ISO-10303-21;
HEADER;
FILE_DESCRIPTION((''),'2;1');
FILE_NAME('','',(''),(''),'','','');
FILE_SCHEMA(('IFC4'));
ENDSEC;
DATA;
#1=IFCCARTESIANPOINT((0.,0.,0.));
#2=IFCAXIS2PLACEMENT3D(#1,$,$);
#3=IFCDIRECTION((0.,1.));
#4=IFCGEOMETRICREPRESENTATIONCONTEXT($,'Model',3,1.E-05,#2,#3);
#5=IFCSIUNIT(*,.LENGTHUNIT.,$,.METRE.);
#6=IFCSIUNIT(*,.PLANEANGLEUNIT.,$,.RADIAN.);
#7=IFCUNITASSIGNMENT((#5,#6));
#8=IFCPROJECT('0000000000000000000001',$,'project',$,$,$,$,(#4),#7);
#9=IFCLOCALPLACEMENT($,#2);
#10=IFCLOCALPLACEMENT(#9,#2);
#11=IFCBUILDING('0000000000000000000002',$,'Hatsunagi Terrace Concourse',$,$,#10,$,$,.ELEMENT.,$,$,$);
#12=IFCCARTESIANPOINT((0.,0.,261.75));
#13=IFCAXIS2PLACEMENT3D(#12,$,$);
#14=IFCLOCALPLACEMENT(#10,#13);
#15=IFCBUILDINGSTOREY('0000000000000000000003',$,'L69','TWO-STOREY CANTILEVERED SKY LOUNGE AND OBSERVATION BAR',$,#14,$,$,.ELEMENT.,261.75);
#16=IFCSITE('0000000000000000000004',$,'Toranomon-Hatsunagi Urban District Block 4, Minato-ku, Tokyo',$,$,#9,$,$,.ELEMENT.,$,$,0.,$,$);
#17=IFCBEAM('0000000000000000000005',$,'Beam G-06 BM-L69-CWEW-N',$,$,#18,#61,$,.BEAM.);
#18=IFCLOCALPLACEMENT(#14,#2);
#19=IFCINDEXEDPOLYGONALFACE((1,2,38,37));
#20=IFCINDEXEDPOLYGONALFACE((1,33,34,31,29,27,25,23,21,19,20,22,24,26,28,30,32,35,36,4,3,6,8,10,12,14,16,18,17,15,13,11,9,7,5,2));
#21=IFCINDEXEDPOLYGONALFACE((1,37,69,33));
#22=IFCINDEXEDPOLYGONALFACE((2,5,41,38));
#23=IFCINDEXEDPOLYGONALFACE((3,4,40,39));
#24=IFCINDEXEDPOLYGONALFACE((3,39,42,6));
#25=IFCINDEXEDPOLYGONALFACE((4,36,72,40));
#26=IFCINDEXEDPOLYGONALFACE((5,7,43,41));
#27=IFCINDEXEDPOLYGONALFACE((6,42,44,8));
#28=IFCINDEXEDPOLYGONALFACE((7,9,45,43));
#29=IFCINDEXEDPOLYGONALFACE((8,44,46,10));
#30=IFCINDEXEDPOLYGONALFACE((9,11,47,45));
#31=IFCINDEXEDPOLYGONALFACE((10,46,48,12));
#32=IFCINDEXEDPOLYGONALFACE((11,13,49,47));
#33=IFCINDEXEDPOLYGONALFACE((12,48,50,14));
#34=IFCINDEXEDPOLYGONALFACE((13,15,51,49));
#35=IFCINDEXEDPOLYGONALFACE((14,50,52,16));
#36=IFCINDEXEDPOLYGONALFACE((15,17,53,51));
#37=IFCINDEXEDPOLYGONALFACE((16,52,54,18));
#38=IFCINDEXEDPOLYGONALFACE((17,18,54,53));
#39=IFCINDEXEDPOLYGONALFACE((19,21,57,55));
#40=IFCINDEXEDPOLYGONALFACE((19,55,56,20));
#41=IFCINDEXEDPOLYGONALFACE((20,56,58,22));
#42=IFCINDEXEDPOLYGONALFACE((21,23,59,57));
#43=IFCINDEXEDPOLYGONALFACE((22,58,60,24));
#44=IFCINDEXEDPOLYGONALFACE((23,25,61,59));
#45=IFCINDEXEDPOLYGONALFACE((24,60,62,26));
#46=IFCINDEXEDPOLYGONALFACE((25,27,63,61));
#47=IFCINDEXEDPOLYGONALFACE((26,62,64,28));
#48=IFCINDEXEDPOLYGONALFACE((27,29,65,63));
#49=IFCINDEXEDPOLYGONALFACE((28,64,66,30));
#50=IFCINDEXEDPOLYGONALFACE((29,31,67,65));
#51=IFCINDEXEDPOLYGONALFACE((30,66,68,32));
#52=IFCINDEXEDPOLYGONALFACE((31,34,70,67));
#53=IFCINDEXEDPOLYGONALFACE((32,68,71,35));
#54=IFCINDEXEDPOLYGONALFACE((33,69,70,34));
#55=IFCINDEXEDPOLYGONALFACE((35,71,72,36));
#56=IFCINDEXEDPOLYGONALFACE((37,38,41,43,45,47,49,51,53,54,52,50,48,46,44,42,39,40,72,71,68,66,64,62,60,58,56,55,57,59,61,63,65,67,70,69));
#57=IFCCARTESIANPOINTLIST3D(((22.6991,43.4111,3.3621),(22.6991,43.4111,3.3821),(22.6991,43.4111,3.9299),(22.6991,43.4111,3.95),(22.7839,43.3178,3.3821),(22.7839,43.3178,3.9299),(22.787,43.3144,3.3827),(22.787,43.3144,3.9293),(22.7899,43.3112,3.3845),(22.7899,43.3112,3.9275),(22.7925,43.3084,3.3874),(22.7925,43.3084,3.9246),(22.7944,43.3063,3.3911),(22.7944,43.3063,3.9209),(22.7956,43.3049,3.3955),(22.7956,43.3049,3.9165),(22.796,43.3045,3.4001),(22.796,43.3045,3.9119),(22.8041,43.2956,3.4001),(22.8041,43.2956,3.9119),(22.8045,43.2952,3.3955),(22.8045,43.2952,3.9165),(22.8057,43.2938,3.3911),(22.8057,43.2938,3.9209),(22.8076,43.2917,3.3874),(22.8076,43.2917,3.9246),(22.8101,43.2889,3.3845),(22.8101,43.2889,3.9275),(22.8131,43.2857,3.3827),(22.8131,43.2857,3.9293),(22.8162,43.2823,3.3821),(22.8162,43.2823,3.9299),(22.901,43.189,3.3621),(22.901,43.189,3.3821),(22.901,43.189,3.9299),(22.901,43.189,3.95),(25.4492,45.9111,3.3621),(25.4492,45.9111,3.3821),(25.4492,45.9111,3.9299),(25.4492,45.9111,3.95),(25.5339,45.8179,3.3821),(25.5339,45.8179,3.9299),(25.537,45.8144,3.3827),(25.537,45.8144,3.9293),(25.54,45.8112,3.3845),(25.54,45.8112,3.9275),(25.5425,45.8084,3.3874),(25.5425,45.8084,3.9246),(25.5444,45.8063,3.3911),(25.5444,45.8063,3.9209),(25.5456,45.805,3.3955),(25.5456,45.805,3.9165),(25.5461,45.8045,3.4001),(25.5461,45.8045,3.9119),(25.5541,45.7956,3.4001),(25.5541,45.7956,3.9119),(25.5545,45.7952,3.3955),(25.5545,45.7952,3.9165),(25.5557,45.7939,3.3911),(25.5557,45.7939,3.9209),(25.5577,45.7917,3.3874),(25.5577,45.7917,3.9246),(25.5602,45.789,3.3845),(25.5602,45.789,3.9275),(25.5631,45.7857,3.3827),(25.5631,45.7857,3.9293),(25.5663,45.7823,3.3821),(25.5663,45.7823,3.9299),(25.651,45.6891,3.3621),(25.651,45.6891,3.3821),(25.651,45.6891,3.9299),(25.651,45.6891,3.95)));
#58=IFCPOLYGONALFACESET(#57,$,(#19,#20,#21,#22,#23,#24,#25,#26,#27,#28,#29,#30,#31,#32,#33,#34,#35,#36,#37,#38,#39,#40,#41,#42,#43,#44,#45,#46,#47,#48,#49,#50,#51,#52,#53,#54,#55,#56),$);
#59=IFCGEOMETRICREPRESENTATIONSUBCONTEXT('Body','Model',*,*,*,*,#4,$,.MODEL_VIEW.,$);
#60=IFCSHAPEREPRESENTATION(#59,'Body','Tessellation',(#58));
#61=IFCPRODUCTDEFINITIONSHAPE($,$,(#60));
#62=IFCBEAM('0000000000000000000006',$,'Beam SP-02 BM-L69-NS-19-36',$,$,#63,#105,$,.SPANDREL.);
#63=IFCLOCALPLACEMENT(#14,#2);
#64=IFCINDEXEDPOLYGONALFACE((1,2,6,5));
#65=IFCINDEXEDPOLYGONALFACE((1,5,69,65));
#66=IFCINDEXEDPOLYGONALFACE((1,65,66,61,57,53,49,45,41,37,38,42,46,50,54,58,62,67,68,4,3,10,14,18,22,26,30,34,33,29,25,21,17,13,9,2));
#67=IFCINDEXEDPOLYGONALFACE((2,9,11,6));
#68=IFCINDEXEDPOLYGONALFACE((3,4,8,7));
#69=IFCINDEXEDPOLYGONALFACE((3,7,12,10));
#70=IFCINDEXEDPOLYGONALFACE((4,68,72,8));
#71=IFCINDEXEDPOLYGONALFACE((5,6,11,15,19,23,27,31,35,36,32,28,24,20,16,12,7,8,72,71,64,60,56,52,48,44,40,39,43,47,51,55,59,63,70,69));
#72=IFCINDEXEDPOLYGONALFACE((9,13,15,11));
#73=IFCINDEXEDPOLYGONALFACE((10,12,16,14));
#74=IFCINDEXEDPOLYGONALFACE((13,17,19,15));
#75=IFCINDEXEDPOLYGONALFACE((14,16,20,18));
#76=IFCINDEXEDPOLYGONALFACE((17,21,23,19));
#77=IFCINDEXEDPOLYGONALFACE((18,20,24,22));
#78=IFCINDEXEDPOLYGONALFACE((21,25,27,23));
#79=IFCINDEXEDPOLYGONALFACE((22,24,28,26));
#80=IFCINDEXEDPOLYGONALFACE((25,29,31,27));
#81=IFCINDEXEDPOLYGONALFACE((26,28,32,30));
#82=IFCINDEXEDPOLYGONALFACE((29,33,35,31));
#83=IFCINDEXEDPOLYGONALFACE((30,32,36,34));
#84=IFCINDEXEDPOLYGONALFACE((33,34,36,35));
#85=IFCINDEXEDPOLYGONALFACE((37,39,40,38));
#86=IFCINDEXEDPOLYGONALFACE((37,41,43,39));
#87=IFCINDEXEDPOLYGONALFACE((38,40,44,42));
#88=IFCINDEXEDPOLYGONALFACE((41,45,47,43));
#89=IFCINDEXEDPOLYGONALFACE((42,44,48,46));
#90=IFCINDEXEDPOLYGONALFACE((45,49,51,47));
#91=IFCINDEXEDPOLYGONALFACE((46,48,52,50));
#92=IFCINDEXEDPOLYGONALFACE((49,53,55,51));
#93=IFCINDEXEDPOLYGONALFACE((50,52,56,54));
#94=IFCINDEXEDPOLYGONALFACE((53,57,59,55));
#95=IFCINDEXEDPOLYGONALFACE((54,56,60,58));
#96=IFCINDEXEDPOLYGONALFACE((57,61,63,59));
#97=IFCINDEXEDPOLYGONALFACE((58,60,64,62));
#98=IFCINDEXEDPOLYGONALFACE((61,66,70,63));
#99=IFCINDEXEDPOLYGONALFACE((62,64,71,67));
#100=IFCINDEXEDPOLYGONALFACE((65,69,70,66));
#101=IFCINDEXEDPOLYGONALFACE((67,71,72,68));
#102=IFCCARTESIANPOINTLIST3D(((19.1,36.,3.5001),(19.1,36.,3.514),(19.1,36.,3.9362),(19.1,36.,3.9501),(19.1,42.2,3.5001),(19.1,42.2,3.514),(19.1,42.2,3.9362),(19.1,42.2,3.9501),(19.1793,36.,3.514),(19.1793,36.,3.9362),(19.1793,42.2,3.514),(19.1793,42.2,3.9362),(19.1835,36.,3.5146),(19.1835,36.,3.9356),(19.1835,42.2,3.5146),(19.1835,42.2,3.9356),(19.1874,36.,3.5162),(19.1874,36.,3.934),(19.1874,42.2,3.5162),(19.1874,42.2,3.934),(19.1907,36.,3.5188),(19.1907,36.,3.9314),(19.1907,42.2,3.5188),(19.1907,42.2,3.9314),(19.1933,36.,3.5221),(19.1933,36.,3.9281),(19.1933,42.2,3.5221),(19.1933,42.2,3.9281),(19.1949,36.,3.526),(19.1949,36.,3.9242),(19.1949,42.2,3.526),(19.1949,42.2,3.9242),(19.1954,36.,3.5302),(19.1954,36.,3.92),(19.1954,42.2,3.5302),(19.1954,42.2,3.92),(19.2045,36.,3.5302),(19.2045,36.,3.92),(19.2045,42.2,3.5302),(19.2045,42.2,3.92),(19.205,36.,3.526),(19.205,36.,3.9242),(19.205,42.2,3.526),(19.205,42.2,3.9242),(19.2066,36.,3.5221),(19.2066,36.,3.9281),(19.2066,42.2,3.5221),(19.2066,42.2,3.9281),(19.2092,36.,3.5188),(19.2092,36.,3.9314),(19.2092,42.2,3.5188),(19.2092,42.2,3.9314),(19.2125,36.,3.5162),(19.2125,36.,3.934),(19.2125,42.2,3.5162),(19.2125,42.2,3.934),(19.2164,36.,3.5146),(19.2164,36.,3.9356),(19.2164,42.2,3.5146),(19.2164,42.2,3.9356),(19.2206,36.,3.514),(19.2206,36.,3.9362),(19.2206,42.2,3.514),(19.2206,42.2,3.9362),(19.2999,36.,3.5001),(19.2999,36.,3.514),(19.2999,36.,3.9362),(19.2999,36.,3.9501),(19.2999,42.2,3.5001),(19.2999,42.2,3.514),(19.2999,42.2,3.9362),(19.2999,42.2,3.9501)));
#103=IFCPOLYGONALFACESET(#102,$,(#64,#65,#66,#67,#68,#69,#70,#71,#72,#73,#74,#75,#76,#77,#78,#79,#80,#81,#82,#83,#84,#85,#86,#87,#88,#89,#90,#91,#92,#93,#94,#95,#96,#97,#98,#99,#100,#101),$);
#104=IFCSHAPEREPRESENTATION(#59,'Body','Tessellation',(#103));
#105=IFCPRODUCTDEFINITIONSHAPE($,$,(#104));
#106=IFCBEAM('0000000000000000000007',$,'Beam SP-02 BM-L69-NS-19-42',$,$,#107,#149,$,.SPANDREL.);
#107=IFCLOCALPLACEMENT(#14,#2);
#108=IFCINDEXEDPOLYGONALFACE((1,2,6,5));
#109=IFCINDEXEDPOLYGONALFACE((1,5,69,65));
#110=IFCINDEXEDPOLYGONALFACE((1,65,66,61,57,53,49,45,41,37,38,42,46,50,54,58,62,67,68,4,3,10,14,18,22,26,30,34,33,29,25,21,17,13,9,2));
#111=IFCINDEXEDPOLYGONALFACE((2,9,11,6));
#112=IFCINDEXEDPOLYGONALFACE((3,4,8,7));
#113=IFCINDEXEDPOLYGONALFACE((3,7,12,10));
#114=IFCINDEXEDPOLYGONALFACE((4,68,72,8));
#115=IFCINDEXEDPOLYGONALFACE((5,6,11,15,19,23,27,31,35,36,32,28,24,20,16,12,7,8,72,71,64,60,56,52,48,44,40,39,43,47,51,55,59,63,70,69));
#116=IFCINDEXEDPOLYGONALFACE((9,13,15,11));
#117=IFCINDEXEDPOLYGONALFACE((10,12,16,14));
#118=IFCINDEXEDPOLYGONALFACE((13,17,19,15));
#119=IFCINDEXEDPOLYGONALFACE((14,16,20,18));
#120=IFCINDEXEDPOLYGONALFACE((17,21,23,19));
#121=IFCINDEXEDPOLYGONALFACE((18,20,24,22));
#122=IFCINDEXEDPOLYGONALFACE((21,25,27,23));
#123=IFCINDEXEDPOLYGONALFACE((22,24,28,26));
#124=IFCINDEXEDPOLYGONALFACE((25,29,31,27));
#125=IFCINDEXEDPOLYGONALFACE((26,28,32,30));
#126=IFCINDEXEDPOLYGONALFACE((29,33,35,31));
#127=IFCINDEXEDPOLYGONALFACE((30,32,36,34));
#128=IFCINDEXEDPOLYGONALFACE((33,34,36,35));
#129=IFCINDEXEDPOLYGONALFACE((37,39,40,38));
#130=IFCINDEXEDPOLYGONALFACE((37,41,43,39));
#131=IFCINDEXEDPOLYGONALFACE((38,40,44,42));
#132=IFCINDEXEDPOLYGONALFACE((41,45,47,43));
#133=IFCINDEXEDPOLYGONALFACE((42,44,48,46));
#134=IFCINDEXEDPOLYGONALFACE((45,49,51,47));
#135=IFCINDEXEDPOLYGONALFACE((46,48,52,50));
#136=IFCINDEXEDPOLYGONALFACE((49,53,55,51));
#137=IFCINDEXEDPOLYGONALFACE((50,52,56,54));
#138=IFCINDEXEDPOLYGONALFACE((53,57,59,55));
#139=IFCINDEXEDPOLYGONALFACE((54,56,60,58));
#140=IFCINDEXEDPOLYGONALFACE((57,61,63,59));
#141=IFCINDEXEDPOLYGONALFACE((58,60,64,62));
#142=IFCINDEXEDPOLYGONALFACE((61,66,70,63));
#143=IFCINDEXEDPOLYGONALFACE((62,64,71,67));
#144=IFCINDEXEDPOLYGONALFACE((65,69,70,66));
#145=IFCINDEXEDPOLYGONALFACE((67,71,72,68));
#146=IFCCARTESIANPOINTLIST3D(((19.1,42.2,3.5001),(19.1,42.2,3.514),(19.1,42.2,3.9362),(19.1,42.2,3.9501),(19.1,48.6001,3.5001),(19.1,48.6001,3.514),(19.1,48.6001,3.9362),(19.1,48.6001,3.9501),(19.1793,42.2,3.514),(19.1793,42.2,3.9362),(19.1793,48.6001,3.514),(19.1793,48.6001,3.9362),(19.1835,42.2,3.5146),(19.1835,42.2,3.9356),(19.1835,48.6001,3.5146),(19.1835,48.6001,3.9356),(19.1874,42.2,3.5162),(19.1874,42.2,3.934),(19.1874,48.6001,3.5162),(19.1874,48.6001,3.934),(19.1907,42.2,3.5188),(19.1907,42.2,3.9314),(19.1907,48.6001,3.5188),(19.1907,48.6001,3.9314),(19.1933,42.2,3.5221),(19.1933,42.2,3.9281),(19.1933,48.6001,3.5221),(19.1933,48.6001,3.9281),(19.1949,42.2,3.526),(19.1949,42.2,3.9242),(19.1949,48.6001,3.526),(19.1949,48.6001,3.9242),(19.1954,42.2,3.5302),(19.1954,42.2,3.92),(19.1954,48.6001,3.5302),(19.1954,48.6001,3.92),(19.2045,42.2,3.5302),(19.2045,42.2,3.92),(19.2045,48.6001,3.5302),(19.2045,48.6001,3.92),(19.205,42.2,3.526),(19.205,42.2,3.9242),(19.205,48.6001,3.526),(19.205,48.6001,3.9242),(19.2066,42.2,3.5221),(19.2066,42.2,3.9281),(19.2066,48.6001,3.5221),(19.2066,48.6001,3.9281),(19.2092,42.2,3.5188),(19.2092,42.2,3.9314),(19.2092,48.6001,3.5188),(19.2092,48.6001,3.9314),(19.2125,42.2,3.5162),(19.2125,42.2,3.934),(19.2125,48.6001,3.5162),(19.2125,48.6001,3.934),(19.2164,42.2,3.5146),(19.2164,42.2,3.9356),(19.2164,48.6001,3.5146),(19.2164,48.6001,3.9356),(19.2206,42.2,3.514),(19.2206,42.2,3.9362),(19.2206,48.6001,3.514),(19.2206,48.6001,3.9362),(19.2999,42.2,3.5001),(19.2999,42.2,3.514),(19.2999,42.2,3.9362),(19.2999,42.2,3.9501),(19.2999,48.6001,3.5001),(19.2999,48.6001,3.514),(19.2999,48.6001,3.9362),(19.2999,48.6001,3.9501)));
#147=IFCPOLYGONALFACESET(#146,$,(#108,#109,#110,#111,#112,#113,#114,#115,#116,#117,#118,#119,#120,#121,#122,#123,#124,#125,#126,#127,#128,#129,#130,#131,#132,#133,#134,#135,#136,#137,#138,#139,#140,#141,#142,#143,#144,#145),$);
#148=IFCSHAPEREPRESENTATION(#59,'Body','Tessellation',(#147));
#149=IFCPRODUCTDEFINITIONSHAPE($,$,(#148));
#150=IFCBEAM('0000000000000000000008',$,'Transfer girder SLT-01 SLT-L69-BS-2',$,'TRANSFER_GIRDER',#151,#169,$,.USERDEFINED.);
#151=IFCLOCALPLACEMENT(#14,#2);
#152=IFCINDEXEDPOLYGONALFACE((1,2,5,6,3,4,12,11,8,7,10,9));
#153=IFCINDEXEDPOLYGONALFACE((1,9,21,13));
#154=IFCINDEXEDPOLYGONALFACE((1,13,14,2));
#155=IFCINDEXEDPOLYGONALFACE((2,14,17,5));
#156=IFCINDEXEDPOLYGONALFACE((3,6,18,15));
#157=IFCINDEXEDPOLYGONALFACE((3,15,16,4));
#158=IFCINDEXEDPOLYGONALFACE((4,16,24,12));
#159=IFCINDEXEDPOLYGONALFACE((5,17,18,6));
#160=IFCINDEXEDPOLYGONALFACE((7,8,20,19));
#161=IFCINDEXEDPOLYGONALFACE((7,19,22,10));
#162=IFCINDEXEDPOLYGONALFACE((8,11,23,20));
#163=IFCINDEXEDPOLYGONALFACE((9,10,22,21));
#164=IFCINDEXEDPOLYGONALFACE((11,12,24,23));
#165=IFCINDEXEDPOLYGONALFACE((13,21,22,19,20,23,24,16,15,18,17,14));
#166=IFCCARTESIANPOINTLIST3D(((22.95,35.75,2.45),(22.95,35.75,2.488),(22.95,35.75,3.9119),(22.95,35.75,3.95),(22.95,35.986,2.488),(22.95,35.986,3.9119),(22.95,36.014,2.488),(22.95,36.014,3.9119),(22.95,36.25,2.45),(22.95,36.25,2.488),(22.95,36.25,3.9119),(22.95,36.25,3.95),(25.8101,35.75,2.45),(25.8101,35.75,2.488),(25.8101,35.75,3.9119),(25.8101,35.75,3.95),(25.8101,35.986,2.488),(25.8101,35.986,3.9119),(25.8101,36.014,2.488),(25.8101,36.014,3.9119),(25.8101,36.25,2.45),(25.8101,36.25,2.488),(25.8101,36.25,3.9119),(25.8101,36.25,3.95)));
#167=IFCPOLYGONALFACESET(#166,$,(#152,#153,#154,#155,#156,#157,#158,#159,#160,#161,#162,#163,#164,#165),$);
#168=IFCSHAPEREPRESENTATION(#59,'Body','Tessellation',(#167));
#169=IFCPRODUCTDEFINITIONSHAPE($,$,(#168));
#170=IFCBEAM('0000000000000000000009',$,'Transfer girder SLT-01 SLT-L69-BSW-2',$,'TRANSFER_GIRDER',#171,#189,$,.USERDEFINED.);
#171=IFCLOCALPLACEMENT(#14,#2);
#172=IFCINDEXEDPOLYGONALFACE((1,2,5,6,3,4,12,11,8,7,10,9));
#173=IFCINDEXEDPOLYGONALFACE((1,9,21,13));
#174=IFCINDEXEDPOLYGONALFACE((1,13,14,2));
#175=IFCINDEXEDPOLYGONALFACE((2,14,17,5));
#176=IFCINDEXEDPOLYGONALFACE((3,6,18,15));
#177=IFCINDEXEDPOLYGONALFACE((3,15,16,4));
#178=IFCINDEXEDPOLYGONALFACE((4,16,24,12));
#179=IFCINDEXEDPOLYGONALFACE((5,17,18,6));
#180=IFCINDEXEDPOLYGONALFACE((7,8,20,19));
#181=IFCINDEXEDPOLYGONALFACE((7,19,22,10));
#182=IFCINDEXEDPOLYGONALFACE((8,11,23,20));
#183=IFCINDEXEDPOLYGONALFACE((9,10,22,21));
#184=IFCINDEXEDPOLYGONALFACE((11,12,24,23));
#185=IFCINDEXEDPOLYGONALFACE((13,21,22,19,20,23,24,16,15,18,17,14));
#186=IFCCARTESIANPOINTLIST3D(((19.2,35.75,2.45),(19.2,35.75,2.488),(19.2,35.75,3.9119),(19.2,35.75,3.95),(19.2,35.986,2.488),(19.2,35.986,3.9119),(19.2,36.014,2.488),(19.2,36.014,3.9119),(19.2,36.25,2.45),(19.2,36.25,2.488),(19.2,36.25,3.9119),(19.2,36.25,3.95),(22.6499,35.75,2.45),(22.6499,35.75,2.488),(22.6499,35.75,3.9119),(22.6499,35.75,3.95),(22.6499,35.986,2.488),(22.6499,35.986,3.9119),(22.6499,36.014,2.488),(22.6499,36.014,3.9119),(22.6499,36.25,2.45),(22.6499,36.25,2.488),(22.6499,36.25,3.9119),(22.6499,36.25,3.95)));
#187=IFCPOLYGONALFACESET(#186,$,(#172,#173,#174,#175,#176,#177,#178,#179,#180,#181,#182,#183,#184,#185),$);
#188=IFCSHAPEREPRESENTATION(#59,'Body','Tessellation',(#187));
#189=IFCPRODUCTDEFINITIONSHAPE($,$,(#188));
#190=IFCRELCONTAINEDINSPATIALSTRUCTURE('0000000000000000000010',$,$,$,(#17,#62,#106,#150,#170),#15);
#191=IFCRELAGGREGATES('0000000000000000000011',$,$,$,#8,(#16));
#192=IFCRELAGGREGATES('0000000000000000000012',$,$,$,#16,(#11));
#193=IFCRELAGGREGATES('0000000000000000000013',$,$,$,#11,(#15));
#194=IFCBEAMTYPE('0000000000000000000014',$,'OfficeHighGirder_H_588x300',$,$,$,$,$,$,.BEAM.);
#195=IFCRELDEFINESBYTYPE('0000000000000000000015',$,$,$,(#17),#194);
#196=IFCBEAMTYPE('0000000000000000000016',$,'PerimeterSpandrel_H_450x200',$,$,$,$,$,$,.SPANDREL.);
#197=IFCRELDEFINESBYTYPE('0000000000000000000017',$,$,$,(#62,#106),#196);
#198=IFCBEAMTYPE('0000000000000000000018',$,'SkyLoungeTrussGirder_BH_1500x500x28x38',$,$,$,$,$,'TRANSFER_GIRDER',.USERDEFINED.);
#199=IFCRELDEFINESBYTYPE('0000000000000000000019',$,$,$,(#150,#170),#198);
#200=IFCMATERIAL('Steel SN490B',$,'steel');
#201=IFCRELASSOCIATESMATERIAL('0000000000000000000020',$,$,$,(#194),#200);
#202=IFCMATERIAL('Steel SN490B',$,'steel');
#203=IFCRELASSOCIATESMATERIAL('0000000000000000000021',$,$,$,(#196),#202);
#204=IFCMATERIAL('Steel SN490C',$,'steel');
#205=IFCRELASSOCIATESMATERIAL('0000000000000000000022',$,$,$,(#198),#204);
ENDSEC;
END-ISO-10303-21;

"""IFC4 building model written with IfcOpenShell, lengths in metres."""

from ifc_helpers import new_model, si_unit, direction, frame, origin, origin_2d, place, context, subcontext, project, spatial, i_section, extrude, material, material_profile, profile_set, type_object, element, save


model = new_model("IFC4")

# Units and contexts
model_context = context("Model", 3, precision=1e-05, world=origin(), true_north=direction((0.0, 1.0)))
body_context = subcontext(model_context, "Body", "Model", "MODEL_VIEW")
ifc_project = project(units=[si_unit("LENGTHUNIT", "METRE"), si_unit("PLANEANGLEUNIT", "RADIAN")], contexts=[model_context])

# Site, building, storey
site_placement = place(None, origin())
site = spatial("IfcSite", under=ifc_project, at=site_placement, Name="Toranomon-Hatsunagi Urban District Block 4, Minato-ku, Tokyo", CompositionType="ELEMENT", RefElevation=0.0)
building_placement = place(site_placement, origin())
building = spatial("IfcBuilding", under=site, at=building_placement, Name="Hatsunagi Terrace Concourse", CompositionType="ELEMENT")
storey_placement = place(building_placement, frame((0.0, 0.0, 261.75)))
storey = spatial("IfcBuildingStorey", under=building, at=storey_placement, Name="L69", Description="TWO-STOREY CANTILEVERED SKY LOUNGE AND OBSERVATION BAR", CompositionType="ELEMENT", Elevation=261.75)

# Beams
ifc_material_1 = material(Name="Steel SN490B", Category="steel")
ifc_material_profile_1 = material_profile(ifc_material_1, i_section(OverallWidth=0.3, OverallDepth=0.5879, WebThickness=0.012, FlangeThickness=0.02, FilletRadius=0.0181, at=origin_2d()), Name="H-588x300x12x20")
ifc_profile_set_1 = profile_set([ifc_material_profile_1], Name="Steel SN490B")
beam_type_1 = type_object("IfcBeamType", Name="OfficeHighGirder_H_588x300", PredefinedType="BEAM", material=ifc_profile_set_1)
beam_1_placement = place(storey_placement, frame((22.8, 43.3, 3.656), z_axis=(0.73994, 0.672673, 0.0), x_axis=(-0.672673, 0.73994, 0.0)))
element("IfcBeam", 1, at=beam_1_placement, inside=storey, type_object=beam_type_1, Name="Beam G-06 BM-L69-CWEW-N", PredefinedType="BEAM", context=body_context, shape_type="SweptSolid", body=[
    extrude(i_section(OverallWidth=0.3, OverallDepth=0.5879, WebThickness=0.012, FlangeThickness=0.02, FilletRadius=0.0181, at=origin_2d()), origin(), (0.0, 0.0, 1.0), 3.7166),
])
ifc_material_2 = material(Name="Steel SN490B", Category="steel")
ifc_material_profile_2 = material_profile(ifc_material_2, i_section(OverallWidth=0.2, OverallDepth=0.45, WebThickness=0.009, FlangeThickness=0.0139, FilletRadius=0.0161, at=origin_2d()), Name="H-450x200x9x14")
ifc_profile_set_2 = profile_set([ifc_material_profile_2], Name="Steel SN490B")
beam_type_2 = type_object("IfcBeamType", Name="PerimeterSpandrel_H_450x200", PredefinedType="SPANDREL", material=ifc_profile_set_2)
beam_2_placement = place(storey_placement, frame((19.2, 36.0, 3.7251), z_axis=(0.0, 1.0, 0.0), x_axis=(-1.0, 0.0, 0.0)))
element("IfcBeam", 2, at=beam_2_placement, inside=storey, type_object=beam_type_2, Name="Beam SP-02 BM-L69-NS-19-36", PredefinedType="SPANDREL", context=body_context, shape_type="SweptSolid", body=[
    extrude(i_section(OverallWidth=0.2, OverallDepth=0.45, WebThickness=0.009, FlangeThickness=0.0139, FilletRadius=0.0161, at=origin_2d()), origin(), (0.0, 0.0, 1.0), 6.2),
])
beam_3_placement = place(storey_placement, frame((19.2, 42.2, 3.7251), z_axis=(0.0, 1.0, 0.0), x_axis=(-1.0, 0.0, 0.0)))
element("IfcBeam", 3, at=beam_3_placement, inside=storey, type_object=beam_type_2, Name="Beam SP-02 BM-L69-NS-19-42", PredefinedType="SPANDREL", context=body_context, shape_type="SweptSolid", body=[
    extrude(i_section(OverallWidth=0.2, OverallDepth=0.45, WebThickness=0.009, FlangeThickness=0.0139, FilletRadius=0.0161, at=origin_2d()), origin(), (0.0, 0.0, 1.0), 6.4001),
])
ifc_material_3 = material(Name="Steel SN490C", Category="steel")
ifc_material_profile_3 = material_profile(ifc_material_3, i_section(OverallWidth=0.5, OverallDepth=1.5, WebThickness=0.0281, FlangeThickness=0.0381, at=origin_2d()), Name="BH-1500x500x28x38")
ifc_profile_set_3 = profile_set([ifc_material_profile_3], Name="Steel SN490C")
beam_type_3 = type_object("IfcBeamType", Name="SkyLoungeTrussGirder_BH_1500x500x28x38", ElementType="TRANSFER_GIRDER", PredefinedType="USERDEFINED", material=ifc_profile_set_3)
beam_4_placement = place(storey_placement, frame((25.8101, 36.0, 3.2), z_axis=(-1.0, 0.0, 0.0), x_axis=(0.0, -1.0, 0.0)))
element("IfcBeam", 4, at=beam_4_placement, inside=storey, type_object=beam_type_3, Name="Transfer girder SLT-01 SLT-L69-BS-2", ObjectType="TRANSFER_GIRDER", PredefinedType="USERDEFINED", context=body_context, shape_type="SweptSolid", body=[
    extrude(i_section(OverallWidth=0.5, OverallDepth=1.5, WebThickness=0.0281, FlangeThickness=0.0381, at=origin_2d()), origin(), (0.0, 0.0, 1.0), 2.8601),
])
beam_5_placement = place(storey_placement, frame((22.6499, 36.0, 3.2), z_axis=(-1.0, 0.0, 0.0), x_axis=(0.0, -1.0, 0.0)))
element("IfcBeam", 5, at=beam_5_placement, inside=storey, type_object=beam_type_3, Name="Transfer girder SLT-01 SLT-L69-BSW-2", ObjectType="TRANSFER_GIRDER", PredefinedType="USERDEFINED", context=body_context, shape_type="SweptSolid", body=[
    extrude(i_section(OverallWidth=0.5, OverallDepth=1.5, WebThickness=0.0281, FlangeThickness=0.0381, at=origin_2d()), origin(), (0.0, 0.0, 1.0), 3.45),
])

save(model, "model.ifc")
